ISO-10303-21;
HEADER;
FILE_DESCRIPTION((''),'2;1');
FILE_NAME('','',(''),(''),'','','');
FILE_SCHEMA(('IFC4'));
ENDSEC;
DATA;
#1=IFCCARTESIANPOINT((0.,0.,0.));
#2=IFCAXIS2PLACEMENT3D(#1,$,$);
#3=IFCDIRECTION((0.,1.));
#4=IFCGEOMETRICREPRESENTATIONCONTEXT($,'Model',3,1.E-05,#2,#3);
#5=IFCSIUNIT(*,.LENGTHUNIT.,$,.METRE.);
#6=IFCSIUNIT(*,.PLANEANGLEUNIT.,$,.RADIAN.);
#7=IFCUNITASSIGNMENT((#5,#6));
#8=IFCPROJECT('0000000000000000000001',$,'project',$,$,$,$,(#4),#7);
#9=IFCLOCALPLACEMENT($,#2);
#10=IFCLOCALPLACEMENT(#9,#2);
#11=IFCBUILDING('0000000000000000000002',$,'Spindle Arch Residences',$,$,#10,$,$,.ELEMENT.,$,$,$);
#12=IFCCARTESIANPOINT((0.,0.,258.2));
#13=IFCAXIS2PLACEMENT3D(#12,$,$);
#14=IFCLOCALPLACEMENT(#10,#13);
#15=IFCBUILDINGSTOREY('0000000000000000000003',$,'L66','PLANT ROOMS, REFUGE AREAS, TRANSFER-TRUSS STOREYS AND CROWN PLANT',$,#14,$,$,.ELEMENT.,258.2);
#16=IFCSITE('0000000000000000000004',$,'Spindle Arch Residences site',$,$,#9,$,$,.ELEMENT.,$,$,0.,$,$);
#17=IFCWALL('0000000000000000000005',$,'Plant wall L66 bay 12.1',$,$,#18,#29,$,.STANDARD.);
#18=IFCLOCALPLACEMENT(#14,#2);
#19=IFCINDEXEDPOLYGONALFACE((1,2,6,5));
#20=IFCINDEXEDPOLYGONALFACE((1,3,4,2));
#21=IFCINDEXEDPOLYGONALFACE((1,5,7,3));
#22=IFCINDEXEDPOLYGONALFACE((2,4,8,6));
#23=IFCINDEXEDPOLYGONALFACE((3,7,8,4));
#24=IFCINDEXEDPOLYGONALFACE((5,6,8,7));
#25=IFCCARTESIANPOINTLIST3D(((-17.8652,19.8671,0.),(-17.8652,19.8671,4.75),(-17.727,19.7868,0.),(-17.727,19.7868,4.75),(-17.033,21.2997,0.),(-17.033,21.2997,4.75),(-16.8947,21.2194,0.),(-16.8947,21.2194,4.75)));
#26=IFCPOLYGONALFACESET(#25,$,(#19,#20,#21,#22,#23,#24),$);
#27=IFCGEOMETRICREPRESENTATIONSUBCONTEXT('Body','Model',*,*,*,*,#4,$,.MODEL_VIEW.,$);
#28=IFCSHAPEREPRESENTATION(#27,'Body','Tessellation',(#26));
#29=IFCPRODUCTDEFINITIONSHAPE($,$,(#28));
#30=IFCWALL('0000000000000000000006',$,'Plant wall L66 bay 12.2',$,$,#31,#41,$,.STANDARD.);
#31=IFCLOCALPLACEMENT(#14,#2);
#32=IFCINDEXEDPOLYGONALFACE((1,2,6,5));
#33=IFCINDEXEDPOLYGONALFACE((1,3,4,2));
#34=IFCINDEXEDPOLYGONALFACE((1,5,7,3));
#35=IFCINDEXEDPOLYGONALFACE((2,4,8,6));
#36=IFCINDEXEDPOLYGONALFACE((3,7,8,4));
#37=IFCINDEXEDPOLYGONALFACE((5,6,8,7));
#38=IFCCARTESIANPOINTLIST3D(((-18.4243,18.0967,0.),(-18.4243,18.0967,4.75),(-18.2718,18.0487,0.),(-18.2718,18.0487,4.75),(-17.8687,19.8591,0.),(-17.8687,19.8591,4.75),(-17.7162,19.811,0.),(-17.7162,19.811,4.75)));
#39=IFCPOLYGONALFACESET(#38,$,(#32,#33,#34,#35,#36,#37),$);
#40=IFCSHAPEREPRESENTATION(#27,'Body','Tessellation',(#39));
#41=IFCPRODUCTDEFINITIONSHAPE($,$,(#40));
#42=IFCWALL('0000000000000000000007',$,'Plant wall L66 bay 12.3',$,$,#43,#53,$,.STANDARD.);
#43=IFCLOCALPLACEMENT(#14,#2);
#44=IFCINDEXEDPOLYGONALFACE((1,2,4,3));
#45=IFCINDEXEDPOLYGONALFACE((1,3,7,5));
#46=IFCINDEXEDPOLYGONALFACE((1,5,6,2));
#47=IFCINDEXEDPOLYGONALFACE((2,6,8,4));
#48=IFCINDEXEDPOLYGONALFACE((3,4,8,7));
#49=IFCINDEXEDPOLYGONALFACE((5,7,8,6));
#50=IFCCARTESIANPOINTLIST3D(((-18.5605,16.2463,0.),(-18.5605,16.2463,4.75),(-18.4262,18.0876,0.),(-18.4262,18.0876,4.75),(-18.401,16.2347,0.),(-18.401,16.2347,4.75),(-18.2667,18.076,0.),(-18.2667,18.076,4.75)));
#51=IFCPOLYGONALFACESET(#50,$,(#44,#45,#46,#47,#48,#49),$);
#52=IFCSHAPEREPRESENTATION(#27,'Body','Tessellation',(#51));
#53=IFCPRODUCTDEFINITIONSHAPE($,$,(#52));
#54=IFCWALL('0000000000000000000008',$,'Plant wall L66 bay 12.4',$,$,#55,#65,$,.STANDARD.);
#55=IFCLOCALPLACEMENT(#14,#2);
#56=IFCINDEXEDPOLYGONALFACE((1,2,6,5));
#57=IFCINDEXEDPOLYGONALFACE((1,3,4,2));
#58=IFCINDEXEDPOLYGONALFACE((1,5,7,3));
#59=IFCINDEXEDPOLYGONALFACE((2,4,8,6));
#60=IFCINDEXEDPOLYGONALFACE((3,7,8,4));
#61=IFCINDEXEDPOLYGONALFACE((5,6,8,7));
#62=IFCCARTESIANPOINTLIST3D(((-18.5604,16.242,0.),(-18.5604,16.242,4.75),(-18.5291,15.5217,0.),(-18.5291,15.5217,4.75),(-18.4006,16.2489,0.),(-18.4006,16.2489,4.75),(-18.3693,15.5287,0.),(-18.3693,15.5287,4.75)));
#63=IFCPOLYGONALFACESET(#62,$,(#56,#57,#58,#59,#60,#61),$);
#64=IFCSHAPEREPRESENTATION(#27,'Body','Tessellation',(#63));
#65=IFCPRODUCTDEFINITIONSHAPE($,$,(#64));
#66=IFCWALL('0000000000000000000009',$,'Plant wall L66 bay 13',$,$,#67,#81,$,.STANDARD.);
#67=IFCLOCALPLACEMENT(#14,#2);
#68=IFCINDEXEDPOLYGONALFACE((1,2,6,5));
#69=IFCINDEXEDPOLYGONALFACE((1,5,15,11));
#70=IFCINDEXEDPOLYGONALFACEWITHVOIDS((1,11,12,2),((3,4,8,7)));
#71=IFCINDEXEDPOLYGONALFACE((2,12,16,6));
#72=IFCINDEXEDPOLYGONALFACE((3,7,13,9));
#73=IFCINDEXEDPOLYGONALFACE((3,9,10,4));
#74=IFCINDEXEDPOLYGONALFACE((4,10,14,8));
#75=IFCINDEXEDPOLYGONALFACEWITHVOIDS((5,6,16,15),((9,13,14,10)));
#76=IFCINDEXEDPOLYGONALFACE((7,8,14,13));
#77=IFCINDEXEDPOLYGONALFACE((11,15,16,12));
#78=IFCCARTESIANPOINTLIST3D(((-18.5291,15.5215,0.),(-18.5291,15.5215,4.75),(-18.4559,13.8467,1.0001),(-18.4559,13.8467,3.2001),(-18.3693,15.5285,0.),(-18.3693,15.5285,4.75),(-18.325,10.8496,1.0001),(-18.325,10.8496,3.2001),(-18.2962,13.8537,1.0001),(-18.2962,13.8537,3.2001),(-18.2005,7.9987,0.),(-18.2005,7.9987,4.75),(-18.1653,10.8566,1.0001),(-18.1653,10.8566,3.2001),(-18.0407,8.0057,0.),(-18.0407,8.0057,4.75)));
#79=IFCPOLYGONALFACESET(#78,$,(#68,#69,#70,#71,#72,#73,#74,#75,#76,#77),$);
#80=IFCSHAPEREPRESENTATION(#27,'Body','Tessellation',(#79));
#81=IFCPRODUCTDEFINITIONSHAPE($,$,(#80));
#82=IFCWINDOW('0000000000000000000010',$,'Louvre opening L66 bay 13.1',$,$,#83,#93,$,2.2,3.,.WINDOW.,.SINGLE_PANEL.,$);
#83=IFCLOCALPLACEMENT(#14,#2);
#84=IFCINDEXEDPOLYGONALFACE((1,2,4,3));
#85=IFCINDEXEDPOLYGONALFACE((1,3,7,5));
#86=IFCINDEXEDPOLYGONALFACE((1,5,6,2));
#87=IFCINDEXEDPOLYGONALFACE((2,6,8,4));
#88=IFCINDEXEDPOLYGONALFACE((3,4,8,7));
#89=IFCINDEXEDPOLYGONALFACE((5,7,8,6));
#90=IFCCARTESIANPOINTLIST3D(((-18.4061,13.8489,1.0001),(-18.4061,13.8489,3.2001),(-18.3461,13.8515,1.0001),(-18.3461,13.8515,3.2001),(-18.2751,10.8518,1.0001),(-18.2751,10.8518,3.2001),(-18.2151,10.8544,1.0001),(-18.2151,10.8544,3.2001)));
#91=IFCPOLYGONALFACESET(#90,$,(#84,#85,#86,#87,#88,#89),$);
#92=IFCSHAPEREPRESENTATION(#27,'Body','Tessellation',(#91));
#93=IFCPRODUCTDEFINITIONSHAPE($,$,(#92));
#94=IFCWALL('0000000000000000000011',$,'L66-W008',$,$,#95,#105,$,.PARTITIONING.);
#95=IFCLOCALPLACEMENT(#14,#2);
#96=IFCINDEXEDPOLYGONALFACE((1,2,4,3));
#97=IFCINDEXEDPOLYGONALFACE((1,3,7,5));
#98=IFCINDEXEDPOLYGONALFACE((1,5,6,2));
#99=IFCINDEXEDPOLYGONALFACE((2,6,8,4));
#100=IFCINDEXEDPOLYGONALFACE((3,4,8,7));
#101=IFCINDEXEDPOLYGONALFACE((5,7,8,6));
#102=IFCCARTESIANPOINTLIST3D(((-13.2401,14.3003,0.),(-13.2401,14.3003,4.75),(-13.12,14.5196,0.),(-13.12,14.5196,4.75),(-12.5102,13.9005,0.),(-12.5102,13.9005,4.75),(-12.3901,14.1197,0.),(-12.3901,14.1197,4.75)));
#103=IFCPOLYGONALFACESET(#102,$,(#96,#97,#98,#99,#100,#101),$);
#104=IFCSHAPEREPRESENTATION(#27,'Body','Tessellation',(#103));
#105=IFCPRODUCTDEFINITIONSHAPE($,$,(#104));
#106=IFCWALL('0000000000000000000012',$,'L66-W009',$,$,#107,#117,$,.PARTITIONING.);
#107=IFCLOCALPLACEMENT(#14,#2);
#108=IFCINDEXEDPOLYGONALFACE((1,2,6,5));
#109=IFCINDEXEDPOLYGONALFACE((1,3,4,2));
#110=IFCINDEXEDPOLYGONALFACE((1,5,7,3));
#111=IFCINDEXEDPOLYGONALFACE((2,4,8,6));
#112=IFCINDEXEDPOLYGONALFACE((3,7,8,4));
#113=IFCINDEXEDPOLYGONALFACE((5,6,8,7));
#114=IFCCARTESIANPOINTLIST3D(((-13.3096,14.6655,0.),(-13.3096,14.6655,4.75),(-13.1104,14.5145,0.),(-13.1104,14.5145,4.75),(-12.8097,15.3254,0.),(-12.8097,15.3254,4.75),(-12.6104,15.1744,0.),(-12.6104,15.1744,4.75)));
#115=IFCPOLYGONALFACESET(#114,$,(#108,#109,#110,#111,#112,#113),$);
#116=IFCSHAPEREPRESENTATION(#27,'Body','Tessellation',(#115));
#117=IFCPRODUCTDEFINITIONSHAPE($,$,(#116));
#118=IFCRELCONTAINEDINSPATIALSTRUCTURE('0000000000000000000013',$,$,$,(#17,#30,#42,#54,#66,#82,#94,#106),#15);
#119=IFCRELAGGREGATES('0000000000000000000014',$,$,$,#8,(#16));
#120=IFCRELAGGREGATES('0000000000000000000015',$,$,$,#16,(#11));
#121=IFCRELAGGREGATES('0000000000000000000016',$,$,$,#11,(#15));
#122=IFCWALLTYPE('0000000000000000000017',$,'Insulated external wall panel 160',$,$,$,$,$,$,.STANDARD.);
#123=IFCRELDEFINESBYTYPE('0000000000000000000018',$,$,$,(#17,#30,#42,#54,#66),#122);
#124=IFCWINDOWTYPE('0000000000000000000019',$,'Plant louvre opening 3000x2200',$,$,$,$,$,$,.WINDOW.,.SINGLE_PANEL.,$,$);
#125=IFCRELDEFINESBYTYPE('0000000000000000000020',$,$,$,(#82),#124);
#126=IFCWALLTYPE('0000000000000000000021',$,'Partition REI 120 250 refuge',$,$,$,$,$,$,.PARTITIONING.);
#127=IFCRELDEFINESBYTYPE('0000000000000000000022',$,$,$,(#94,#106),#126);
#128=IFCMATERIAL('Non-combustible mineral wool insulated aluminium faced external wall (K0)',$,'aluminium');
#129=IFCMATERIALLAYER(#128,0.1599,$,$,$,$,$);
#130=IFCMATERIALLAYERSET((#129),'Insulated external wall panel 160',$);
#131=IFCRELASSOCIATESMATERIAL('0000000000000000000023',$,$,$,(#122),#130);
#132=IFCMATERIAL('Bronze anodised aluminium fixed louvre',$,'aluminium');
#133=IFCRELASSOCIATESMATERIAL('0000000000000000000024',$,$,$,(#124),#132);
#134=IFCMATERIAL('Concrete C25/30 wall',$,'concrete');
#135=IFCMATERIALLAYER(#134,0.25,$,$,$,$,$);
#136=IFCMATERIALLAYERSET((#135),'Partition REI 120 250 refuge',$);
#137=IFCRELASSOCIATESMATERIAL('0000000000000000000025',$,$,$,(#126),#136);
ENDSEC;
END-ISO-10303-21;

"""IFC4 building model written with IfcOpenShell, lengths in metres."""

from ifc_helpers import new_model, si_unit, direction, frame, frame_2d, origin, place, context, subcontext, project, spatial, rectangle, extrude, material, layer, layer_set, type_object, element, fill, save


model = new_model("IFC4")

# Units and contexts
model_context = context("Model", 3, precision=1e-05, world=origin(), true_north=direction((0.0, 1.0)))
body_context = subcontext(model_context, "Body", "Model", "MODEL_VIEW")
ifc_project = project(units=[si_unit("LENGTHUNIT", "METRE"), si_unit("PLANEANGLEUNIT", "RADIAN")], contexts=[model_context])

# Site, building, storey
site_placement = place(None, origin())
site = spatial("IfcSite", under=ifc_project, at=site_placement, Name="Spindle Arch Residences site", CompositionType="ELEMENT", RefElevation=0.0)
building_placement = place(site_placement, origin())
building = spatial("IfcBuilding", under=site, at=building_placement, Name="Spindle Arch Residences", CompositionType="ELEMENT")
storey_placement = place(building_placement, frame((0.0, 0.0, 258.2)))
storey = spatial("IfcBuildingStorey", under=building, at=storey_placement, Name="L66", Description="PLANT ROOMS, REFUGE AREAS, TRANSFER-TRUSS STOREYS AND CROWN PLANT", CompositionType="ELEMENT", Elevation=258.2)

# Walls
ifc_material_1 = material(Name="Non-combustible mineral wool insulated aluminium faced external wall (K0)", Category="aluminium")
ifc_layer_1 = layer(ifc_material_1, 0.1599)
ifc_layer_set_1 = layer_set([ifc_layer_1], Name="Insulated external wall panel 160")
wall_type_1 = type_object("IfcWallType", Name="Insulated external wall panel 160", PredefinedType="STANDARD", material=ifc_layer_set_1)
wall_1_placement = place(storey_placement, frame((-16.9639, 21.2595, 0.0), z_axis=(0.0, 0.0, 1.0), x_axis=(-0.502331, -0.864675, 0.0)))
element("IfcWall", 1, at=wall_1_placement, inside=storey, type_object=wall_type_1, Name="Plant wall L66 bay 12.1", PredefinedType="STANDARD", context=body_context, shape_type="SweptSolid", body=[
    extrude(rectangle(XDim=1.6567, YDim=0.1599, at=frame_2d((0.8284, 0.0))), origin(), (0.0, 0.0, 1.0), 4.75),
])
wall_2_placement = place(storey_placement, frame((-17.7925, 19.835, 0.0), z_axis=(0.0, 0.0, 1.0), x_axis=(-0.300689, -0.953722, 0.0)))
element("IfcWall", 2, at=wall_2_placement, inside=storey, type_object=wall_type_1, Name="Plant wall L66 bay 12.2", PredefinedType="STANDARD", context=body_context, shape_type="SweptSolid", body=[
    extrude(rectangle(XDim=1.8479, YDim=0.1599, at=frame_2d((0.9238, 0.0))), origin(), (0.0, 0.0, 1.0), 4.75),
])
wall_3_placement = place(storey_placement, frame((-18.3464, 18.0818, 0.0), z_axis=(0.0, 0.0, 1.0), x_axis=(-0.072732, -0.997352, 0.0)))
element("IfcWall", 3, at=wall_3_placement, inside=storey, type_object=wall_type_1, Name="Plant wall L66 bay 12.3", PredefinedType="STANDARD", context=body_context, shape_type="SweptSolid", body=[
    extrude(rectangle(XDim=1.8462, YDim=0.1599, at=frame_2d((0.9231, 0.0))), origin(), (0.0, 0.0, 1.0), 4.75),
])
wall_4_placement = place(storey_placement, frame((-18.4805, 16.2454, 0.0), z_axis=(0.0, 0.0, 1.0), x_axis=(0.043349, -0.99906, 0.0)))
element("IfcWall", 4, at=wall_4_placement, inside=storey, type_object=wall_type_1, Name="Plant wall L66 bay 12.4", PredefinedType="STANDARD", context=body_context, shape_type="SweptSolid", body=[
    extrude(rectangle(XDim=0.7209, YDim=0.1599, at=frame_2d((0.3604, 0.0))), origin(), (0.0, 0.0, 1.0), 4.75),
])

# Wall, opening, window
wall_5_placement = place(storey_placement, frame((-18.4492, 15.5251, 0.0), z_axis=(0.0, 0.0, 1.0), x_axis=(0.04364, -0.999047, 0.0)))
wall_5 = element("IfcWall", 5, at=wall_5_placement, inside=storey, type_object=wall_type_1, Name="Plant wall L66 bay 13", PredefinedType="STANDARD", context=body_context, shape_type="SweptSolid", body=[
    extrude(rectangle(XDim=7.53, YDim=0.1599, at=frame_2d((3.7651, 0.0))), origin(), (0.0, 0.0, 1.0), 4.75),
])
opening_placement = place(wall_5_placement, frame((1.6765, 0.0, 1.0)))
opening = element("IfcOpeningElement", 6, at=opening_placement, cuts=wall_5, PredefinedType="OPENING", context=body_context, shape_type="SweptSolid", body=[
    extrude(rectangle(XDim=3.0, YDim=2.2, at=frame_2d((1.5, 1.1001))), frame((0.0, 0.0898, 0.0), z_axis=(0.0, -1.0, 0.0), x_axis=(1.0, 0.0, 0.0)), (0.0, 0.0, 1.0), 0.1799),
])
ifc_material_2 = material(Name="Bronze anodised aluminium fixed louvre", Category="aluminium")
window_type = type_object("IfcWindowType", Name="Plant louvre opening 3000x2200", PartitioningType="SINGLE_PANEL", PredefinedType="WINDOW", material=ifc_material_2)
window_placement = place(opening_placement, origin())
window = element("IfcWindow", 7, at=window_placement, inside=storey, type_object=window_type, Name="Louvre opening L66 bay 13.1", OverallHeight=2.2, OverallWidth=3.0, PartitioningType="SINGLE_PANEL", PredefinedType="WINDOW", context=body_context, shape_type="SweptSolid", body=[
    extrude(rectangle(XDim=3.0, YDim=2.2, at=frame_2d((1.5, 1.1001))), frame((0.0, 0.03, 0.0), z_axis=(0.0, -1.0, 0.0), x_axis=(1.0, 0.0, 0.0)), (0.0, 0.0, 1.0), 0.0601),
])
fill(opening, window)

# Walls
ifc_material_3 = material(Name="Concrete C25/30 wall", Category="concrete")
ifc_layer_2 = layer(ifc_material_3, 0.25)
ifc_layer_set_2 = layer_set([ifc_layer_2], Name="Partition REI 120 250 refuge")
wall_type_2 = type_object("IfcWallType", Name="Partition REI 120 250 refuge", PredefinedType="PARTITIONING", material=ifc_layer_set_2)
wall_6_placement = place(storey_placement, frame((-13.1799, 14.4099, 0.0), z_axis=(0.0, 0.0, 1.0), x_axis=(0.87702, -0.480454, 0.0)))
element("IfcWall", 8, at=wall_6_placement, inside=storey, type_object=wall_type_2, Name="L66-W008", PredefinedType="PARTITIONING", context=body_context, shape_type="SweptSolid", body=[
    extrude(rectangle(XDim=0.8323, YDim=0.25, at=frame_2d((0.416, 0.0))), origin(), (0.0, 0.0, 1.0), 4.75),
])
wall_7_placement = place(storey_placement, frame((-12.71, 15.25, 0.0), z_axis=(0.0, 0.0, 1.0), x_axis=(-0.603909, -0.797053, 0.0)))
element("IfcWall", 9, at=wall_7_placement, inside=storey, type_object=wall_type_2, Name="L66-W009", PredefinedType="PARTITIONING", context=body_context, shape_type="SweptSolid", body=[
    extrude(rectangle(XDim=0.8279, YDim=0.25, at=frame_2d((0.4141, 0.0))), origin(), (0.0, 0.0, 1.0), 4.75),
])

save(model, "model.ifc")
